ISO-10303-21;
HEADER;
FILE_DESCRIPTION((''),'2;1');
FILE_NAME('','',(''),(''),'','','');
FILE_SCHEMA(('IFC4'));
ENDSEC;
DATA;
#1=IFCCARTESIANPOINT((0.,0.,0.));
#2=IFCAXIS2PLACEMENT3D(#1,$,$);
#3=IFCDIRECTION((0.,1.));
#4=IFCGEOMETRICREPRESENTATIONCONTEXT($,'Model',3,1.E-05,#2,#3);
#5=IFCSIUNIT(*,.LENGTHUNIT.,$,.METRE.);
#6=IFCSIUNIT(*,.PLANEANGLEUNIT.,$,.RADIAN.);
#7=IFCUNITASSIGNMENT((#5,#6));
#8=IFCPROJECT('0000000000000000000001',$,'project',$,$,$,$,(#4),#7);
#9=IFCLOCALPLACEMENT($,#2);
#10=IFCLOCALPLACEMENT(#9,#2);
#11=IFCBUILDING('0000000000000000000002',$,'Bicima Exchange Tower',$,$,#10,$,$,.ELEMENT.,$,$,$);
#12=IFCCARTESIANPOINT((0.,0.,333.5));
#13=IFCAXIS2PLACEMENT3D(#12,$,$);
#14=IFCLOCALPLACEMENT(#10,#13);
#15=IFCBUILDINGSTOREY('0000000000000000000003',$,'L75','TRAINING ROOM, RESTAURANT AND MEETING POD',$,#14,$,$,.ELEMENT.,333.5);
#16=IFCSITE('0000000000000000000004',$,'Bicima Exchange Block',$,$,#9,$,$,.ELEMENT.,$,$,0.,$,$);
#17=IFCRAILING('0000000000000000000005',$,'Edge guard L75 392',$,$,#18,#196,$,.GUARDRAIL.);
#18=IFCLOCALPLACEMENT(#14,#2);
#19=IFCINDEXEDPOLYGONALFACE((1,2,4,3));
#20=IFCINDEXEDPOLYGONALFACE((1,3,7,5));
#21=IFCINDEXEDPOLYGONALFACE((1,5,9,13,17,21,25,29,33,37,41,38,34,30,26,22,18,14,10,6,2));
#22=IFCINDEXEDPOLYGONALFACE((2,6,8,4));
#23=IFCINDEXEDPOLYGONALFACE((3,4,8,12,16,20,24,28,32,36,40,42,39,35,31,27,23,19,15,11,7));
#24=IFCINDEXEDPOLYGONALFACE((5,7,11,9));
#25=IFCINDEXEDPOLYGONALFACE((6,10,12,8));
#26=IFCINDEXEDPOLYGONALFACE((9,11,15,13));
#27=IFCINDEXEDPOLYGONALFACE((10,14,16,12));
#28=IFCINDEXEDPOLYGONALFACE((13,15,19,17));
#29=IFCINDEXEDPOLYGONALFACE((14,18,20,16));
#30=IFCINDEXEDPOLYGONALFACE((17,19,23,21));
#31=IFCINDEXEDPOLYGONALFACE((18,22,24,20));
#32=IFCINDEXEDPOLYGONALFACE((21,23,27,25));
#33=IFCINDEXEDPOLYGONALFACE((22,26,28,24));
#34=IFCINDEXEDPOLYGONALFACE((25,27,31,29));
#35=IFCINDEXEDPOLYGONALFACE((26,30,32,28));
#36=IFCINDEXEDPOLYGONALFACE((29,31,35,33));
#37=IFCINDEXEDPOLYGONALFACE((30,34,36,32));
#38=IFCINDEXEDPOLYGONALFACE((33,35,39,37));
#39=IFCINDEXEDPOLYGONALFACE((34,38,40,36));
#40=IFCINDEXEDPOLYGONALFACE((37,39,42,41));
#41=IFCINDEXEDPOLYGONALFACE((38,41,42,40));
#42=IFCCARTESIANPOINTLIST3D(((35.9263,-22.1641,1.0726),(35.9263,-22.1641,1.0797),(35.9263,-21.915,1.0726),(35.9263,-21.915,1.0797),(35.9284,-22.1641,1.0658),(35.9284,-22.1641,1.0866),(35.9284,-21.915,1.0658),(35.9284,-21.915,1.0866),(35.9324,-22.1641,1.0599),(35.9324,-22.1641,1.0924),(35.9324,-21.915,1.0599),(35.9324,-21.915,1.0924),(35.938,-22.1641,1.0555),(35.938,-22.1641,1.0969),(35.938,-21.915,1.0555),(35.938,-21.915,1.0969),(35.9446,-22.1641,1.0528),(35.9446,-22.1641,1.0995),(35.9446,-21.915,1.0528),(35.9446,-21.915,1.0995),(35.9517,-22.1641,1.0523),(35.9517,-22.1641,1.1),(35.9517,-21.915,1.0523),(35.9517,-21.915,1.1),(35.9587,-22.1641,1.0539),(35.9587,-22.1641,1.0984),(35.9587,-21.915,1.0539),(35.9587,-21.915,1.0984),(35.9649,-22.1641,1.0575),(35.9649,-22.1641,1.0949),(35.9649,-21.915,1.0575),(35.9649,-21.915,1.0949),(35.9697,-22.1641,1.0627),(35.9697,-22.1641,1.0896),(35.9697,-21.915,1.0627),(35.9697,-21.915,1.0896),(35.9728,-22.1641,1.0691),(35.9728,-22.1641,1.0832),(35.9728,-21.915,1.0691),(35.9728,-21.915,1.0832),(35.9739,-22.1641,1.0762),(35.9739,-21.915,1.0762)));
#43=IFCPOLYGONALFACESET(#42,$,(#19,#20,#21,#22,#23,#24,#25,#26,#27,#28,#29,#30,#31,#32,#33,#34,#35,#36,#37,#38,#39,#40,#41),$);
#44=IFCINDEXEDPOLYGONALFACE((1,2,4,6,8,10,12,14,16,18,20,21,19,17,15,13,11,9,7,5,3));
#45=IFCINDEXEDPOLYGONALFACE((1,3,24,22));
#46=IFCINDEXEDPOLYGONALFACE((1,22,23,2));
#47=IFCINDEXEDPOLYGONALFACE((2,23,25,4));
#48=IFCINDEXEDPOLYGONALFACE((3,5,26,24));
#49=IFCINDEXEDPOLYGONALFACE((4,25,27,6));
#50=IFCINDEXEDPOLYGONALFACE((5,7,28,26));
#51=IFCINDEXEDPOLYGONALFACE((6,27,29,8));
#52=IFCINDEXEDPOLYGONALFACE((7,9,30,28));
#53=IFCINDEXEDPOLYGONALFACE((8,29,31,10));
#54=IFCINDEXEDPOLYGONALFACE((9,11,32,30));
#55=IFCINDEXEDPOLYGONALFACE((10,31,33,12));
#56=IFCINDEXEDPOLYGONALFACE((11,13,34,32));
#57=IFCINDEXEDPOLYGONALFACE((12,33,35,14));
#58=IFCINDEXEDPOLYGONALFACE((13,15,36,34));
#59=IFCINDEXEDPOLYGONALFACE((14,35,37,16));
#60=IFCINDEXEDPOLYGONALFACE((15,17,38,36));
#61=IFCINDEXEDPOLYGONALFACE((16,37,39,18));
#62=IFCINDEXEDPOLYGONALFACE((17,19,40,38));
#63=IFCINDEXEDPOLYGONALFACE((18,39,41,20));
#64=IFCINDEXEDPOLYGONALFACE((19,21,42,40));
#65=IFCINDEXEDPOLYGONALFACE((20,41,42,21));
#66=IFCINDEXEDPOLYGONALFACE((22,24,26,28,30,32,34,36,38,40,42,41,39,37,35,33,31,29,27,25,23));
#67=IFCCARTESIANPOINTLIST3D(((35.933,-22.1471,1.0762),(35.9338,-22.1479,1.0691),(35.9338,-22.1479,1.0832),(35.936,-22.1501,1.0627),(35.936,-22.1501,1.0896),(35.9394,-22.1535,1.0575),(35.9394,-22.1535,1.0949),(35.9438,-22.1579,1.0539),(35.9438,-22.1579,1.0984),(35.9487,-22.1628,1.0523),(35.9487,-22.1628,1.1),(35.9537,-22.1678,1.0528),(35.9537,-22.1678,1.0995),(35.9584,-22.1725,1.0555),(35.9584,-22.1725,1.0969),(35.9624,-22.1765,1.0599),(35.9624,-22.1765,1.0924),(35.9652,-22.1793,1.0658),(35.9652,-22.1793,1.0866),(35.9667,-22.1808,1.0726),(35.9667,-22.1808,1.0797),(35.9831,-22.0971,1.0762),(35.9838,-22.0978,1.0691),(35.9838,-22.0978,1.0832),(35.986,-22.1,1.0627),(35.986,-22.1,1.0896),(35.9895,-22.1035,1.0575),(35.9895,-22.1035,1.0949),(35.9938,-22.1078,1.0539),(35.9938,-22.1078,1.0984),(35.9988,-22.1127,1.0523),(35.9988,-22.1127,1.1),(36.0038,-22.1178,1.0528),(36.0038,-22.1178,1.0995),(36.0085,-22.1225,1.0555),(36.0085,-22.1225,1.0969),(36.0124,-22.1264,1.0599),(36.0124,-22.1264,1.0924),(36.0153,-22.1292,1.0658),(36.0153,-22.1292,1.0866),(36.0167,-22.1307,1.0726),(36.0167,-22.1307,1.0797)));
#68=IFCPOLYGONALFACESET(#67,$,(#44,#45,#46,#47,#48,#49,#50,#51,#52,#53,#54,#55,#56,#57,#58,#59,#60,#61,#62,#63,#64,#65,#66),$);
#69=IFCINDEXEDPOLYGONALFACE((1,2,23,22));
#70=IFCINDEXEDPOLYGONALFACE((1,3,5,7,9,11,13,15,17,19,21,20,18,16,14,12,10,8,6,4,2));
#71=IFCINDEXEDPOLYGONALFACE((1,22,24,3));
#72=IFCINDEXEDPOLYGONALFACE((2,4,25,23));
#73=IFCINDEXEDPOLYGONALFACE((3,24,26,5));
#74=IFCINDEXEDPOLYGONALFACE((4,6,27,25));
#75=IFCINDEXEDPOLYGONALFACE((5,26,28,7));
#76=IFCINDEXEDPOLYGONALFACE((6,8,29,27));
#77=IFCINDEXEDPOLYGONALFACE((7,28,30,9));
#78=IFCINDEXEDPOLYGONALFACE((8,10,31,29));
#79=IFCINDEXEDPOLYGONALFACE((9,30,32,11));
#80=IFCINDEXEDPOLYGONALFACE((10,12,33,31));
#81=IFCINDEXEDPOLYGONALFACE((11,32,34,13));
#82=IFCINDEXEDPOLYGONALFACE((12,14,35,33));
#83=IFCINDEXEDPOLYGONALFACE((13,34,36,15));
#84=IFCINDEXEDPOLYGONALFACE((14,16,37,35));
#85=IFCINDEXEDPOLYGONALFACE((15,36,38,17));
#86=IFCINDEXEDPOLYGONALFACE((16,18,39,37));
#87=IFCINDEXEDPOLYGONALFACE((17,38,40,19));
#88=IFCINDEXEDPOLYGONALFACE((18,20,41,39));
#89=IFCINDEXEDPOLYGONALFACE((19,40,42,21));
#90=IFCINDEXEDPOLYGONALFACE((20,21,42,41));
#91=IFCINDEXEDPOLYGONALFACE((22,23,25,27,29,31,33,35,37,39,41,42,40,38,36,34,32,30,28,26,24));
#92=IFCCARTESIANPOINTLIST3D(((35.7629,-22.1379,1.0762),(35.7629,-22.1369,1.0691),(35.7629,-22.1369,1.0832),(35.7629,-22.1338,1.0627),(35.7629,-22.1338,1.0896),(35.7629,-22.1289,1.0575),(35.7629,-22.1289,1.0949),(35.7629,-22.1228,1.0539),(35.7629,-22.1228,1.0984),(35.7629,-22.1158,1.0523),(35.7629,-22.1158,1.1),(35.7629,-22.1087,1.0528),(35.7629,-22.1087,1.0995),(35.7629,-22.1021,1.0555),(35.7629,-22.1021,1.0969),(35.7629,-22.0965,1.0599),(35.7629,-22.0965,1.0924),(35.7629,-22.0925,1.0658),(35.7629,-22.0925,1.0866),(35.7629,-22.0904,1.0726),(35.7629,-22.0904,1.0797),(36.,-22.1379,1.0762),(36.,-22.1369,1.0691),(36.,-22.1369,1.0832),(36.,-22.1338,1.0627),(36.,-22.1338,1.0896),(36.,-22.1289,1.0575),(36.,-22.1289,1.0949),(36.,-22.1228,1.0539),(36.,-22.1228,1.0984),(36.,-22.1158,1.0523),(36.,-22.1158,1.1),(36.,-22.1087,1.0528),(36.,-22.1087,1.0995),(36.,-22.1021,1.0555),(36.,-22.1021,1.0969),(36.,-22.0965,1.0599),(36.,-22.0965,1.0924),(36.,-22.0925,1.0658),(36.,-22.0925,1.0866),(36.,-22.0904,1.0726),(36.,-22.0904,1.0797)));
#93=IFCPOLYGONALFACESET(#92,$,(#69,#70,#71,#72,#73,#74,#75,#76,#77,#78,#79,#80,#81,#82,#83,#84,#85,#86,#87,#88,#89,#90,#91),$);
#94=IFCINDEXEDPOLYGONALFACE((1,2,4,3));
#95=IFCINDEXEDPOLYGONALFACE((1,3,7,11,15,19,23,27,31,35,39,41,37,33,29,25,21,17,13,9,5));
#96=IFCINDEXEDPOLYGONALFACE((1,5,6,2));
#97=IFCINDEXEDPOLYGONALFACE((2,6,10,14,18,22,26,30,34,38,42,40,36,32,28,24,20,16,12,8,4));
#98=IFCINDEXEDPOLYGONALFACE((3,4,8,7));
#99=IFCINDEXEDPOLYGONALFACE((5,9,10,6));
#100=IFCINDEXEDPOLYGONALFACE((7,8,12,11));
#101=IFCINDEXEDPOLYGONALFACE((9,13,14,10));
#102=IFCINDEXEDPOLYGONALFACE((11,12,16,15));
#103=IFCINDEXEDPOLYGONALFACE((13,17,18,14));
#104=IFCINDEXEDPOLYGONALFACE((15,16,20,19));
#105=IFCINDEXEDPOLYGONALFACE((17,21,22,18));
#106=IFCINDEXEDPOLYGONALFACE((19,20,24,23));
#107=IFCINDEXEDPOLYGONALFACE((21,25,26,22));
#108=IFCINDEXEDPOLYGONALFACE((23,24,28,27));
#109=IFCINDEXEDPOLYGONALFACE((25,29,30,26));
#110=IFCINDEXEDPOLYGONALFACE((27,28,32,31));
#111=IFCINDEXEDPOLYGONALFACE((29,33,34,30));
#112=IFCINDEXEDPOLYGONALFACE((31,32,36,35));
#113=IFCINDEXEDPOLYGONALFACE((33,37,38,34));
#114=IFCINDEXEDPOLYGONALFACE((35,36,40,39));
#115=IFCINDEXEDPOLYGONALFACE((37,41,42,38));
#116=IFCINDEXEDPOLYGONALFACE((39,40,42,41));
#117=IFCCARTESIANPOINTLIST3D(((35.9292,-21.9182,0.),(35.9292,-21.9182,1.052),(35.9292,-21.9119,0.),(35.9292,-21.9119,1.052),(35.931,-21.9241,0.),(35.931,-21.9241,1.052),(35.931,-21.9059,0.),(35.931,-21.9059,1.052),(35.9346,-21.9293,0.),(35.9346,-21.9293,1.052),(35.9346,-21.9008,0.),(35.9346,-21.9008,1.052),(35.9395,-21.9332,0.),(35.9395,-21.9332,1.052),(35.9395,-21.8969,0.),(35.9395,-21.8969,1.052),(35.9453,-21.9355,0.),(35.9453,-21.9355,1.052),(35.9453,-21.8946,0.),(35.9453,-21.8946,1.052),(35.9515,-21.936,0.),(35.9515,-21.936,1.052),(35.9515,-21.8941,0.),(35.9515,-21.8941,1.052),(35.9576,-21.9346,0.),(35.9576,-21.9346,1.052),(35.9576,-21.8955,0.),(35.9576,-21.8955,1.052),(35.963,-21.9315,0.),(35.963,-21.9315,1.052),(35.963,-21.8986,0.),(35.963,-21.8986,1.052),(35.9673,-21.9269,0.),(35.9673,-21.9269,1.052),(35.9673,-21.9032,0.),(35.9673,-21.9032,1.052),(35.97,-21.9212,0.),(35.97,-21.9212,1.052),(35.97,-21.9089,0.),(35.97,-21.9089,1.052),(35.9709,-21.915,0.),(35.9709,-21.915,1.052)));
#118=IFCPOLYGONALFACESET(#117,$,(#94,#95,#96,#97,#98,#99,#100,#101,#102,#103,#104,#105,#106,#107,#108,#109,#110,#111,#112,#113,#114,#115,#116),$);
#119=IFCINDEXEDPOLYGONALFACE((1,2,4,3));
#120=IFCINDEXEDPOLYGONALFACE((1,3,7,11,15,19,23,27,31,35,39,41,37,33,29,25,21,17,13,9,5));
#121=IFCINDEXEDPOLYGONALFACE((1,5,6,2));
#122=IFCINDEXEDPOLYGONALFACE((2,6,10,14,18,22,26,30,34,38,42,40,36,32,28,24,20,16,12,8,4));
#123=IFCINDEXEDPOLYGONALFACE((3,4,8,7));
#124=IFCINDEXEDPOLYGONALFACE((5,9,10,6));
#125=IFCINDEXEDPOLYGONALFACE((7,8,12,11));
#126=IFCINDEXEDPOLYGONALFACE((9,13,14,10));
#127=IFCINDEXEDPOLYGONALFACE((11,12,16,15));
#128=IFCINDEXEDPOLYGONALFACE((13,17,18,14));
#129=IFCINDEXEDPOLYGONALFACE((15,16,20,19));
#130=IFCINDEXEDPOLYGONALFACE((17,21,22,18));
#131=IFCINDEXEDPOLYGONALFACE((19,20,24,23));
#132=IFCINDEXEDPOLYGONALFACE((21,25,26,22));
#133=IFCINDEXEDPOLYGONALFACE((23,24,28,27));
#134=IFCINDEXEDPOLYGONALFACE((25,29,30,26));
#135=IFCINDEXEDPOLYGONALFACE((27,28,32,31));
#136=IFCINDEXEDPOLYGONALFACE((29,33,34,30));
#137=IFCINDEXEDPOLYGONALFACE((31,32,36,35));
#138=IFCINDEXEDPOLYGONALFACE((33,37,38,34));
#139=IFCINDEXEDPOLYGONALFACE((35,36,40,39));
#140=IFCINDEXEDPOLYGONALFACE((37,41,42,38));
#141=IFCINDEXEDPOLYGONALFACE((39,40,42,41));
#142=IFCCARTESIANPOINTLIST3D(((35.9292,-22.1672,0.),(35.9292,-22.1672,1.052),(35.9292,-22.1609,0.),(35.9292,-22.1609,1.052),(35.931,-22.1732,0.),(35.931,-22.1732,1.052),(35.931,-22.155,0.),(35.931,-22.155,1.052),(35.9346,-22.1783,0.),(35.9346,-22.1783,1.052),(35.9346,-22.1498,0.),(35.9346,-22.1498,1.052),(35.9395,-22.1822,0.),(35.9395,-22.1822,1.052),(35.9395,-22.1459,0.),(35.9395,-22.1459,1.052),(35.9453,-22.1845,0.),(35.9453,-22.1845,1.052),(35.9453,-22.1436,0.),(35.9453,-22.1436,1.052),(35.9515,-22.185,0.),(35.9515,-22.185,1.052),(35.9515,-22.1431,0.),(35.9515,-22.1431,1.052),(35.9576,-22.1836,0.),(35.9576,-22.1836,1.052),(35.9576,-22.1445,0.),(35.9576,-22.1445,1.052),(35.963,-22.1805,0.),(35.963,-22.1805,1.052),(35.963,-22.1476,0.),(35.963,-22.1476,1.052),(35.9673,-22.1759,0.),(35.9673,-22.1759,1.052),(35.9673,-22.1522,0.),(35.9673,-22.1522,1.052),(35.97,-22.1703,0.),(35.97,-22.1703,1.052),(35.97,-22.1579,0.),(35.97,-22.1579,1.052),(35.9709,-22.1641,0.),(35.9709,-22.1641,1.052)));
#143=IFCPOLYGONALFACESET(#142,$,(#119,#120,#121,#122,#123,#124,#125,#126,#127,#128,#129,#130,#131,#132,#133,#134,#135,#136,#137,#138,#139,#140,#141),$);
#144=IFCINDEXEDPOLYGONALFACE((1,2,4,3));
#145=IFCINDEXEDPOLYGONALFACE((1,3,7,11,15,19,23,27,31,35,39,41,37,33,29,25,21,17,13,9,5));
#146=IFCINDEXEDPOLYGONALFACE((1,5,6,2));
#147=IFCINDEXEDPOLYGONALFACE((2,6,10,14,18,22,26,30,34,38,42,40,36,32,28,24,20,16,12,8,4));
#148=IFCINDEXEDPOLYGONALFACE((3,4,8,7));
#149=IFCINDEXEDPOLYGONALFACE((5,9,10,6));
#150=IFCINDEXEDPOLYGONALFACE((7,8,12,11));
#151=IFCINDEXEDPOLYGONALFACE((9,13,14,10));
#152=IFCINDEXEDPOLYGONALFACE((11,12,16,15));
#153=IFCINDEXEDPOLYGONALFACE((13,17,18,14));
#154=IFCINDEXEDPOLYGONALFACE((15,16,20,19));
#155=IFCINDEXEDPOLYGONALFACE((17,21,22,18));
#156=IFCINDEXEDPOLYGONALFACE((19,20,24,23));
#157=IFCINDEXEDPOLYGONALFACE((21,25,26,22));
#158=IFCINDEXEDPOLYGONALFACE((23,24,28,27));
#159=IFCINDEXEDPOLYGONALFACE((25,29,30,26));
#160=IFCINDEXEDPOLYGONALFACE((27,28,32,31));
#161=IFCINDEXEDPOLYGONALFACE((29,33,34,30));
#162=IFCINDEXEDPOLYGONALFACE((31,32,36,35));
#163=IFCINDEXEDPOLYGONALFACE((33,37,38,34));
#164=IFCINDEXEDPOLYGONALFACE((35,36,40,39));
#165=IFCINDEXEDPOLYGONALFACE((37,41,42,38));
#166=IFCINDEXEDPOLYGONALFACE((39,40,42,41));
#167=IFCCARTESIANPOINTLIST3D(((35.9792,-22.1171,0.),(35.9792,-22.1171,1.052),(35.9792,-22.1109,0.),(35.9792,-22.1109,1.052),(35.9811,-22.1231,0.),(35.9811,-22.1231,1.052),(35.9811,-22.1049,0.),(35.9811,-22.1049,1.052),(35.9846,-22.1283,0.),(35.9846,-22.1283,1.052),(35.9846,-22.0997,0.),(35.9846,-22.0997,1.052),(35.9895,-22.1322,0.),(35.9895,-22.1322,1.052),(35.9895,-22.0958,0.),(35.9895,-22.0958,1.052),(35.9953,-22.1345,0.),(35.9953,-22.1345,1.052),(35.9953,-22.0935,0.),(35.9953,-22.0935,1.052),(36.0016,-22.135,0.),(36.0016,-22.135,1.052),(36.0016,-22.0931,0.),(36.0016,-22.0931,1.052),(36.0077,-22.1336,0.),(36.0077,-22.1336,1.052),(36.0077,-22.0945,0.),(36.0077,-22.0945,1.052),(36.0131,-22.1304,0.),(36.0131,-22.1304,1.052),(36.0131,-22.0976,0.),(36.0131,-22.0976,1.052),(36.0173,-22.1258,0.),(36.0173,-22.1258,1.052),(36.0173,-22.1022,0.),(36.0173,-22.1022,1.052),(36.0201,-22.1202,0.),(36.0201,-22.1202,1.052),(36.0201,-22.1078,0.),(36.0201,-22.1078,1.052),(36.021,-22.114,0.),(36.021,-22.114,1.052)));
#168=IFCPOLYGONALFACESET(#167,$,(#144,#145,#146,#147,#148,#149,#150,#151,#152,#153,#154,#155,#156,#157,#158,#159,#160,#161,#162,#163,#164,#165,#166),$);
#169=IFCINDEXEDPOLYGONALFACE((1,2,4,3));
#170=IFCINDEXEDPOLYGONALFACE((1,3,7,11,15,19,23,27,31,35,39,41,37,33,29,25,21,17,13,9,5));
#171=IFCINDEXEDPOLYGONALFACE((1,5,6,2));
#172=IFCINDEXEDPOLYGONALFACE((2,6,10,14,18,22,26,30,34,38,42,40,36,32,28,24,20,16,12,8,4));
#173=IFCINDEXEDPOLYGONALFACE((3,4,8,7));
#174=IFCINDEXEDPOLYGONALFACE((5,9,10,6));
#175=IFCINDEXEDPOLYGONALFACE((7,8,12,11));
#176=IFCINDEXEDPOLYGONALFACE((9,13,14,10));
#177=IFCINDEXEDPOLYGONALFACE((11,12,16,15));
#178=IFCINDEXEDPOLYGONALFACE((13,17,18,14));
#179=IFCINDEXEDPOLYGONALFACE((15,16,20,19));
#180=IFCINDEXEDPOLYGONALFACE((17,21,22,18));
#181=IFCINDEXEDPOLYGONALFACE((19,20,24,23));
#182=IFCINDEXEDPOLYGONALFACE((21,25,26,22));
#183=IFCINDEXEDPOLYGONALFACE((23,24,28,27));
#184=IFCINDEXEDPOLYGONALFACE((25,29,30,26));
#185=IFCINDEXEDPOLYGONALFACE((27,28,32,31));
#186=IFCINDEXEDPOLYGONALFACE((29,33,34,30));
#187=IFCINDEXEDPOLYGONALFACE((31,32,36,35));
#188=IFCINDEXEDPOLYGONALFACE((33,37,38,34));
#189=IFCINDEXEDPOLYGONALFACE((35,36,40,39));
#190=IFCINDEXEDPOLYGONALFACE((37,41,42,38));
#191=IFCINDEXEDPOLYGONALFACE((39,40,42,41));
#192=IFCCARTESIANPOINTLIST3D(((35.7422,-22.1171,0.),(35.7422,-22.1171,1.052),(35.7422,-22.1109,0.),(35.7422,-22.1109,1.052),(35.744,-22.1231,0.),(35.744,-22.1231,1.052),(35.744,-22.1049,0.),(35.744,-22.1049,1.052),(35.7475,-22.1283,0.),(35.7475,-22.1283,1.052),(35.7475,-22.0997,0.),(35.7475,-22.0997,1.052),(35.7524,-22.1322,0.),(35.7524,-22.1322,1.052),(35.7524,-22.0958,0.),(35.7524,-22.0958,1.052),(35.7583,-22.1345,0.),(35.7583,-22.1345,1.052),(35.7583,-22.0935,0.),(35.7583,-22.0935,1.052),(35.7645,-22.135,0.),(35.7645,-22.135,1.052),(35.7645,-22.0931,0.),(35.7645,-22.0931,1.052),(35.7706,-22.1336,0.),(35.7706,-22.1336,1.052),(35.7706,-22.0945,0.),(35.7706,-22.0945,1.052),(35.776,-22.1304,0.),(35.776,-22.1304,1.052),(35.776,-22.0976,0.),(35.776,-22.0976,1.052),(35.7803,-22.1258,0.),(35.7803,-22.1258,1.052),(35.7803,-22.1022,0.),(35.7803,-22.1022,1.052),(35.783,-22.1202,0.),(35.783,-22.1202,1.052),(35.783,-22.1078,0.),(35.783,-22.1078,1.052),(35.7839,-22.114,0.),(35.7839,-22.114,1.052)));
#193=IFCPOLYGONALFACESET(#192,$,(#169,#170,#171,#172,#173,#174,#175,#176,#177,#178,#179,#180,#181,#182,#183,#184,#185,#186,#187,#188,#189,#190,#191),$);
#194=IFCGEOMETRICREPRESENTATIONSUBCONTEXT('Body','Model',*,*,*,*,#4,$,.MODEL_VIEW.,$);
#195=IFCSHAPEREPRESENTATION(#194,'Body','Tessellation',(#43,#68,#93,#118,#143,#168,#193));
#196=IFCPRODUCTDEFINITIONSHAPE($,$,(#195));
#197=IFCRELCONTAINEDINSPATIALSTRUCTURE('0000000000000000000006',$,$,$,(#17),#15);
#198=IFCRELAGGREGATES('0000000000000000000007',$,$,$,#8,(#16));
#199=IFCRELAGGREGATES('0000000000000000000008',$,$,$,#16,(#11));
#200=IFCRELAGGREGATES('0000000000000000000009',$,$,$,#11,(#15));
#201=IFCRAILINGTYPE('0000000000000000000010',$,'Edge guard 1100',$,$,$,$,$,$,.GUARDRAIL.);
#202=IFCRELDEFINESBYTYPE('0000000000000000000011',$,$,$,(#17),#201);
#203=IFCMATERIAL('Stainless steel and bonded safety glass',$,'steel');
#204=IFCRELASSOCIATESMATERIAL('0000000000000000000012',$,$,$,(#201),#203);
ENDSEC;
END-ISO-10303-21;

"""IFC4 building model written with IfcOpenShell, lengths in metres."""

from ifc_helpers import new_model, si_unit, direction, frame, origin, origin_2d, place, context, subcontext, project, spatial, circle, extrude, material, type_object, element, save


model = new_model("IFC4")

# Units and contexts
model_context = context("Model", 3, precision=1e-05, world=origin(), true_north=direction((0.0, 1.0)))
body_context = subcontext(model_context, "Body", "Model", "MODEL_VIEW")
ifc_project = project(units=[si_unit("LENGTHUNIT", "METRE"), si_unit("PLANEANGLEUNIT", "RADIAN")], contexts=[model_context])

# Site, building, storey
site_placement = place(None, origin())
site = spatial("IfcSite", under=ifc_project, at=site_placement, Name="Bicima Exchange Block", CompositionType="ELEMENT", RefElevation=0.0)
building_placement = place(site_placement, origin())
building = spatial("IfcBuilding", under=site, at=building_placement, Name="Bicima Exchange Tower", CompositionType="ELEMENT")
storey_placement = place(building_placement, frame((0.0, 0.0, 333.5)))
storey = spatial("IfcBuildingStorey", under=building, at=storey_placement, Name="L75", Description="TRAINING ROOM, RESTAURANT AND MEETING POD", CompositionType="ELEMENT", Elevation=333.5)

# Railing
ifc_material_1 = material(Name="Stainless steel and bonded safety glass", Category="steel")
railing_type = type_object("IfcRailingType", Name="Edge guard 1100", PredefinedType="GUARDRAIL", material=ifc_material_1)
railing_1_placement = place(storey_placement, frame((35.95, -21.915, 0.0)))
element("IfcRailing", 1, at=railing_1_placement, inside=storey, type_object=railing_type, Name="Edge guard L75 392", PredefinedType="GUARDRAIL", context=body_context, shape_type="SweptSolid", body=[
    extrude(circle(Radius=0.0239, at=origin_2d()), frame((0.0, 0.0, 1.0762), z_axis=(0.0, -1.0, 0.0), x_axis=(1.0, 0.0, 0.0)), (0.0, 0.0, 1.0), 0.249),
    extrude(circle(Radius=0.0239, at=origin_2d()), frame((0.0, -0.249, 1.0762), z_axis=(0.707107, 0.707107, 0.0), x_axis=(-0.707107, 0.707107, 0.0)), (0.0, 0.0, 1.0), 0.0708),
    extrude(circle(Radius=0.0239, at=origin_2d()), frame((0.05, -0.199, 1.0762), z_axis=(-1.0, 0.0, 0.0), x_axis=(0.0, -1.0, 0.0)), (0.0, 0.0, 1.0), 0.2371),
    extrude(circle(Radius=0.021, at=origin_2d()), origin(), (0.0, 0.0, 1.0), 1.052),
    extrude(circle(Radius=0.021, at=origin_2d()), frame((0.0, -0.249, 0.0)), (0.0, 0.0, 1.0), 1.052),
    extrude(circle(Radius=0.021, at=origin_2d()), frame((0.05, -0.199, 0.0)), (0.0, 0.0, 1.0), 1.052),
    extrude(circle(Radius=0.021, at=origin_2d()), frame((-0.187, -0.199, 0.0)), (0.0, 0.0, 1.0), 1.052),
])

save(model, "model.ifc")
